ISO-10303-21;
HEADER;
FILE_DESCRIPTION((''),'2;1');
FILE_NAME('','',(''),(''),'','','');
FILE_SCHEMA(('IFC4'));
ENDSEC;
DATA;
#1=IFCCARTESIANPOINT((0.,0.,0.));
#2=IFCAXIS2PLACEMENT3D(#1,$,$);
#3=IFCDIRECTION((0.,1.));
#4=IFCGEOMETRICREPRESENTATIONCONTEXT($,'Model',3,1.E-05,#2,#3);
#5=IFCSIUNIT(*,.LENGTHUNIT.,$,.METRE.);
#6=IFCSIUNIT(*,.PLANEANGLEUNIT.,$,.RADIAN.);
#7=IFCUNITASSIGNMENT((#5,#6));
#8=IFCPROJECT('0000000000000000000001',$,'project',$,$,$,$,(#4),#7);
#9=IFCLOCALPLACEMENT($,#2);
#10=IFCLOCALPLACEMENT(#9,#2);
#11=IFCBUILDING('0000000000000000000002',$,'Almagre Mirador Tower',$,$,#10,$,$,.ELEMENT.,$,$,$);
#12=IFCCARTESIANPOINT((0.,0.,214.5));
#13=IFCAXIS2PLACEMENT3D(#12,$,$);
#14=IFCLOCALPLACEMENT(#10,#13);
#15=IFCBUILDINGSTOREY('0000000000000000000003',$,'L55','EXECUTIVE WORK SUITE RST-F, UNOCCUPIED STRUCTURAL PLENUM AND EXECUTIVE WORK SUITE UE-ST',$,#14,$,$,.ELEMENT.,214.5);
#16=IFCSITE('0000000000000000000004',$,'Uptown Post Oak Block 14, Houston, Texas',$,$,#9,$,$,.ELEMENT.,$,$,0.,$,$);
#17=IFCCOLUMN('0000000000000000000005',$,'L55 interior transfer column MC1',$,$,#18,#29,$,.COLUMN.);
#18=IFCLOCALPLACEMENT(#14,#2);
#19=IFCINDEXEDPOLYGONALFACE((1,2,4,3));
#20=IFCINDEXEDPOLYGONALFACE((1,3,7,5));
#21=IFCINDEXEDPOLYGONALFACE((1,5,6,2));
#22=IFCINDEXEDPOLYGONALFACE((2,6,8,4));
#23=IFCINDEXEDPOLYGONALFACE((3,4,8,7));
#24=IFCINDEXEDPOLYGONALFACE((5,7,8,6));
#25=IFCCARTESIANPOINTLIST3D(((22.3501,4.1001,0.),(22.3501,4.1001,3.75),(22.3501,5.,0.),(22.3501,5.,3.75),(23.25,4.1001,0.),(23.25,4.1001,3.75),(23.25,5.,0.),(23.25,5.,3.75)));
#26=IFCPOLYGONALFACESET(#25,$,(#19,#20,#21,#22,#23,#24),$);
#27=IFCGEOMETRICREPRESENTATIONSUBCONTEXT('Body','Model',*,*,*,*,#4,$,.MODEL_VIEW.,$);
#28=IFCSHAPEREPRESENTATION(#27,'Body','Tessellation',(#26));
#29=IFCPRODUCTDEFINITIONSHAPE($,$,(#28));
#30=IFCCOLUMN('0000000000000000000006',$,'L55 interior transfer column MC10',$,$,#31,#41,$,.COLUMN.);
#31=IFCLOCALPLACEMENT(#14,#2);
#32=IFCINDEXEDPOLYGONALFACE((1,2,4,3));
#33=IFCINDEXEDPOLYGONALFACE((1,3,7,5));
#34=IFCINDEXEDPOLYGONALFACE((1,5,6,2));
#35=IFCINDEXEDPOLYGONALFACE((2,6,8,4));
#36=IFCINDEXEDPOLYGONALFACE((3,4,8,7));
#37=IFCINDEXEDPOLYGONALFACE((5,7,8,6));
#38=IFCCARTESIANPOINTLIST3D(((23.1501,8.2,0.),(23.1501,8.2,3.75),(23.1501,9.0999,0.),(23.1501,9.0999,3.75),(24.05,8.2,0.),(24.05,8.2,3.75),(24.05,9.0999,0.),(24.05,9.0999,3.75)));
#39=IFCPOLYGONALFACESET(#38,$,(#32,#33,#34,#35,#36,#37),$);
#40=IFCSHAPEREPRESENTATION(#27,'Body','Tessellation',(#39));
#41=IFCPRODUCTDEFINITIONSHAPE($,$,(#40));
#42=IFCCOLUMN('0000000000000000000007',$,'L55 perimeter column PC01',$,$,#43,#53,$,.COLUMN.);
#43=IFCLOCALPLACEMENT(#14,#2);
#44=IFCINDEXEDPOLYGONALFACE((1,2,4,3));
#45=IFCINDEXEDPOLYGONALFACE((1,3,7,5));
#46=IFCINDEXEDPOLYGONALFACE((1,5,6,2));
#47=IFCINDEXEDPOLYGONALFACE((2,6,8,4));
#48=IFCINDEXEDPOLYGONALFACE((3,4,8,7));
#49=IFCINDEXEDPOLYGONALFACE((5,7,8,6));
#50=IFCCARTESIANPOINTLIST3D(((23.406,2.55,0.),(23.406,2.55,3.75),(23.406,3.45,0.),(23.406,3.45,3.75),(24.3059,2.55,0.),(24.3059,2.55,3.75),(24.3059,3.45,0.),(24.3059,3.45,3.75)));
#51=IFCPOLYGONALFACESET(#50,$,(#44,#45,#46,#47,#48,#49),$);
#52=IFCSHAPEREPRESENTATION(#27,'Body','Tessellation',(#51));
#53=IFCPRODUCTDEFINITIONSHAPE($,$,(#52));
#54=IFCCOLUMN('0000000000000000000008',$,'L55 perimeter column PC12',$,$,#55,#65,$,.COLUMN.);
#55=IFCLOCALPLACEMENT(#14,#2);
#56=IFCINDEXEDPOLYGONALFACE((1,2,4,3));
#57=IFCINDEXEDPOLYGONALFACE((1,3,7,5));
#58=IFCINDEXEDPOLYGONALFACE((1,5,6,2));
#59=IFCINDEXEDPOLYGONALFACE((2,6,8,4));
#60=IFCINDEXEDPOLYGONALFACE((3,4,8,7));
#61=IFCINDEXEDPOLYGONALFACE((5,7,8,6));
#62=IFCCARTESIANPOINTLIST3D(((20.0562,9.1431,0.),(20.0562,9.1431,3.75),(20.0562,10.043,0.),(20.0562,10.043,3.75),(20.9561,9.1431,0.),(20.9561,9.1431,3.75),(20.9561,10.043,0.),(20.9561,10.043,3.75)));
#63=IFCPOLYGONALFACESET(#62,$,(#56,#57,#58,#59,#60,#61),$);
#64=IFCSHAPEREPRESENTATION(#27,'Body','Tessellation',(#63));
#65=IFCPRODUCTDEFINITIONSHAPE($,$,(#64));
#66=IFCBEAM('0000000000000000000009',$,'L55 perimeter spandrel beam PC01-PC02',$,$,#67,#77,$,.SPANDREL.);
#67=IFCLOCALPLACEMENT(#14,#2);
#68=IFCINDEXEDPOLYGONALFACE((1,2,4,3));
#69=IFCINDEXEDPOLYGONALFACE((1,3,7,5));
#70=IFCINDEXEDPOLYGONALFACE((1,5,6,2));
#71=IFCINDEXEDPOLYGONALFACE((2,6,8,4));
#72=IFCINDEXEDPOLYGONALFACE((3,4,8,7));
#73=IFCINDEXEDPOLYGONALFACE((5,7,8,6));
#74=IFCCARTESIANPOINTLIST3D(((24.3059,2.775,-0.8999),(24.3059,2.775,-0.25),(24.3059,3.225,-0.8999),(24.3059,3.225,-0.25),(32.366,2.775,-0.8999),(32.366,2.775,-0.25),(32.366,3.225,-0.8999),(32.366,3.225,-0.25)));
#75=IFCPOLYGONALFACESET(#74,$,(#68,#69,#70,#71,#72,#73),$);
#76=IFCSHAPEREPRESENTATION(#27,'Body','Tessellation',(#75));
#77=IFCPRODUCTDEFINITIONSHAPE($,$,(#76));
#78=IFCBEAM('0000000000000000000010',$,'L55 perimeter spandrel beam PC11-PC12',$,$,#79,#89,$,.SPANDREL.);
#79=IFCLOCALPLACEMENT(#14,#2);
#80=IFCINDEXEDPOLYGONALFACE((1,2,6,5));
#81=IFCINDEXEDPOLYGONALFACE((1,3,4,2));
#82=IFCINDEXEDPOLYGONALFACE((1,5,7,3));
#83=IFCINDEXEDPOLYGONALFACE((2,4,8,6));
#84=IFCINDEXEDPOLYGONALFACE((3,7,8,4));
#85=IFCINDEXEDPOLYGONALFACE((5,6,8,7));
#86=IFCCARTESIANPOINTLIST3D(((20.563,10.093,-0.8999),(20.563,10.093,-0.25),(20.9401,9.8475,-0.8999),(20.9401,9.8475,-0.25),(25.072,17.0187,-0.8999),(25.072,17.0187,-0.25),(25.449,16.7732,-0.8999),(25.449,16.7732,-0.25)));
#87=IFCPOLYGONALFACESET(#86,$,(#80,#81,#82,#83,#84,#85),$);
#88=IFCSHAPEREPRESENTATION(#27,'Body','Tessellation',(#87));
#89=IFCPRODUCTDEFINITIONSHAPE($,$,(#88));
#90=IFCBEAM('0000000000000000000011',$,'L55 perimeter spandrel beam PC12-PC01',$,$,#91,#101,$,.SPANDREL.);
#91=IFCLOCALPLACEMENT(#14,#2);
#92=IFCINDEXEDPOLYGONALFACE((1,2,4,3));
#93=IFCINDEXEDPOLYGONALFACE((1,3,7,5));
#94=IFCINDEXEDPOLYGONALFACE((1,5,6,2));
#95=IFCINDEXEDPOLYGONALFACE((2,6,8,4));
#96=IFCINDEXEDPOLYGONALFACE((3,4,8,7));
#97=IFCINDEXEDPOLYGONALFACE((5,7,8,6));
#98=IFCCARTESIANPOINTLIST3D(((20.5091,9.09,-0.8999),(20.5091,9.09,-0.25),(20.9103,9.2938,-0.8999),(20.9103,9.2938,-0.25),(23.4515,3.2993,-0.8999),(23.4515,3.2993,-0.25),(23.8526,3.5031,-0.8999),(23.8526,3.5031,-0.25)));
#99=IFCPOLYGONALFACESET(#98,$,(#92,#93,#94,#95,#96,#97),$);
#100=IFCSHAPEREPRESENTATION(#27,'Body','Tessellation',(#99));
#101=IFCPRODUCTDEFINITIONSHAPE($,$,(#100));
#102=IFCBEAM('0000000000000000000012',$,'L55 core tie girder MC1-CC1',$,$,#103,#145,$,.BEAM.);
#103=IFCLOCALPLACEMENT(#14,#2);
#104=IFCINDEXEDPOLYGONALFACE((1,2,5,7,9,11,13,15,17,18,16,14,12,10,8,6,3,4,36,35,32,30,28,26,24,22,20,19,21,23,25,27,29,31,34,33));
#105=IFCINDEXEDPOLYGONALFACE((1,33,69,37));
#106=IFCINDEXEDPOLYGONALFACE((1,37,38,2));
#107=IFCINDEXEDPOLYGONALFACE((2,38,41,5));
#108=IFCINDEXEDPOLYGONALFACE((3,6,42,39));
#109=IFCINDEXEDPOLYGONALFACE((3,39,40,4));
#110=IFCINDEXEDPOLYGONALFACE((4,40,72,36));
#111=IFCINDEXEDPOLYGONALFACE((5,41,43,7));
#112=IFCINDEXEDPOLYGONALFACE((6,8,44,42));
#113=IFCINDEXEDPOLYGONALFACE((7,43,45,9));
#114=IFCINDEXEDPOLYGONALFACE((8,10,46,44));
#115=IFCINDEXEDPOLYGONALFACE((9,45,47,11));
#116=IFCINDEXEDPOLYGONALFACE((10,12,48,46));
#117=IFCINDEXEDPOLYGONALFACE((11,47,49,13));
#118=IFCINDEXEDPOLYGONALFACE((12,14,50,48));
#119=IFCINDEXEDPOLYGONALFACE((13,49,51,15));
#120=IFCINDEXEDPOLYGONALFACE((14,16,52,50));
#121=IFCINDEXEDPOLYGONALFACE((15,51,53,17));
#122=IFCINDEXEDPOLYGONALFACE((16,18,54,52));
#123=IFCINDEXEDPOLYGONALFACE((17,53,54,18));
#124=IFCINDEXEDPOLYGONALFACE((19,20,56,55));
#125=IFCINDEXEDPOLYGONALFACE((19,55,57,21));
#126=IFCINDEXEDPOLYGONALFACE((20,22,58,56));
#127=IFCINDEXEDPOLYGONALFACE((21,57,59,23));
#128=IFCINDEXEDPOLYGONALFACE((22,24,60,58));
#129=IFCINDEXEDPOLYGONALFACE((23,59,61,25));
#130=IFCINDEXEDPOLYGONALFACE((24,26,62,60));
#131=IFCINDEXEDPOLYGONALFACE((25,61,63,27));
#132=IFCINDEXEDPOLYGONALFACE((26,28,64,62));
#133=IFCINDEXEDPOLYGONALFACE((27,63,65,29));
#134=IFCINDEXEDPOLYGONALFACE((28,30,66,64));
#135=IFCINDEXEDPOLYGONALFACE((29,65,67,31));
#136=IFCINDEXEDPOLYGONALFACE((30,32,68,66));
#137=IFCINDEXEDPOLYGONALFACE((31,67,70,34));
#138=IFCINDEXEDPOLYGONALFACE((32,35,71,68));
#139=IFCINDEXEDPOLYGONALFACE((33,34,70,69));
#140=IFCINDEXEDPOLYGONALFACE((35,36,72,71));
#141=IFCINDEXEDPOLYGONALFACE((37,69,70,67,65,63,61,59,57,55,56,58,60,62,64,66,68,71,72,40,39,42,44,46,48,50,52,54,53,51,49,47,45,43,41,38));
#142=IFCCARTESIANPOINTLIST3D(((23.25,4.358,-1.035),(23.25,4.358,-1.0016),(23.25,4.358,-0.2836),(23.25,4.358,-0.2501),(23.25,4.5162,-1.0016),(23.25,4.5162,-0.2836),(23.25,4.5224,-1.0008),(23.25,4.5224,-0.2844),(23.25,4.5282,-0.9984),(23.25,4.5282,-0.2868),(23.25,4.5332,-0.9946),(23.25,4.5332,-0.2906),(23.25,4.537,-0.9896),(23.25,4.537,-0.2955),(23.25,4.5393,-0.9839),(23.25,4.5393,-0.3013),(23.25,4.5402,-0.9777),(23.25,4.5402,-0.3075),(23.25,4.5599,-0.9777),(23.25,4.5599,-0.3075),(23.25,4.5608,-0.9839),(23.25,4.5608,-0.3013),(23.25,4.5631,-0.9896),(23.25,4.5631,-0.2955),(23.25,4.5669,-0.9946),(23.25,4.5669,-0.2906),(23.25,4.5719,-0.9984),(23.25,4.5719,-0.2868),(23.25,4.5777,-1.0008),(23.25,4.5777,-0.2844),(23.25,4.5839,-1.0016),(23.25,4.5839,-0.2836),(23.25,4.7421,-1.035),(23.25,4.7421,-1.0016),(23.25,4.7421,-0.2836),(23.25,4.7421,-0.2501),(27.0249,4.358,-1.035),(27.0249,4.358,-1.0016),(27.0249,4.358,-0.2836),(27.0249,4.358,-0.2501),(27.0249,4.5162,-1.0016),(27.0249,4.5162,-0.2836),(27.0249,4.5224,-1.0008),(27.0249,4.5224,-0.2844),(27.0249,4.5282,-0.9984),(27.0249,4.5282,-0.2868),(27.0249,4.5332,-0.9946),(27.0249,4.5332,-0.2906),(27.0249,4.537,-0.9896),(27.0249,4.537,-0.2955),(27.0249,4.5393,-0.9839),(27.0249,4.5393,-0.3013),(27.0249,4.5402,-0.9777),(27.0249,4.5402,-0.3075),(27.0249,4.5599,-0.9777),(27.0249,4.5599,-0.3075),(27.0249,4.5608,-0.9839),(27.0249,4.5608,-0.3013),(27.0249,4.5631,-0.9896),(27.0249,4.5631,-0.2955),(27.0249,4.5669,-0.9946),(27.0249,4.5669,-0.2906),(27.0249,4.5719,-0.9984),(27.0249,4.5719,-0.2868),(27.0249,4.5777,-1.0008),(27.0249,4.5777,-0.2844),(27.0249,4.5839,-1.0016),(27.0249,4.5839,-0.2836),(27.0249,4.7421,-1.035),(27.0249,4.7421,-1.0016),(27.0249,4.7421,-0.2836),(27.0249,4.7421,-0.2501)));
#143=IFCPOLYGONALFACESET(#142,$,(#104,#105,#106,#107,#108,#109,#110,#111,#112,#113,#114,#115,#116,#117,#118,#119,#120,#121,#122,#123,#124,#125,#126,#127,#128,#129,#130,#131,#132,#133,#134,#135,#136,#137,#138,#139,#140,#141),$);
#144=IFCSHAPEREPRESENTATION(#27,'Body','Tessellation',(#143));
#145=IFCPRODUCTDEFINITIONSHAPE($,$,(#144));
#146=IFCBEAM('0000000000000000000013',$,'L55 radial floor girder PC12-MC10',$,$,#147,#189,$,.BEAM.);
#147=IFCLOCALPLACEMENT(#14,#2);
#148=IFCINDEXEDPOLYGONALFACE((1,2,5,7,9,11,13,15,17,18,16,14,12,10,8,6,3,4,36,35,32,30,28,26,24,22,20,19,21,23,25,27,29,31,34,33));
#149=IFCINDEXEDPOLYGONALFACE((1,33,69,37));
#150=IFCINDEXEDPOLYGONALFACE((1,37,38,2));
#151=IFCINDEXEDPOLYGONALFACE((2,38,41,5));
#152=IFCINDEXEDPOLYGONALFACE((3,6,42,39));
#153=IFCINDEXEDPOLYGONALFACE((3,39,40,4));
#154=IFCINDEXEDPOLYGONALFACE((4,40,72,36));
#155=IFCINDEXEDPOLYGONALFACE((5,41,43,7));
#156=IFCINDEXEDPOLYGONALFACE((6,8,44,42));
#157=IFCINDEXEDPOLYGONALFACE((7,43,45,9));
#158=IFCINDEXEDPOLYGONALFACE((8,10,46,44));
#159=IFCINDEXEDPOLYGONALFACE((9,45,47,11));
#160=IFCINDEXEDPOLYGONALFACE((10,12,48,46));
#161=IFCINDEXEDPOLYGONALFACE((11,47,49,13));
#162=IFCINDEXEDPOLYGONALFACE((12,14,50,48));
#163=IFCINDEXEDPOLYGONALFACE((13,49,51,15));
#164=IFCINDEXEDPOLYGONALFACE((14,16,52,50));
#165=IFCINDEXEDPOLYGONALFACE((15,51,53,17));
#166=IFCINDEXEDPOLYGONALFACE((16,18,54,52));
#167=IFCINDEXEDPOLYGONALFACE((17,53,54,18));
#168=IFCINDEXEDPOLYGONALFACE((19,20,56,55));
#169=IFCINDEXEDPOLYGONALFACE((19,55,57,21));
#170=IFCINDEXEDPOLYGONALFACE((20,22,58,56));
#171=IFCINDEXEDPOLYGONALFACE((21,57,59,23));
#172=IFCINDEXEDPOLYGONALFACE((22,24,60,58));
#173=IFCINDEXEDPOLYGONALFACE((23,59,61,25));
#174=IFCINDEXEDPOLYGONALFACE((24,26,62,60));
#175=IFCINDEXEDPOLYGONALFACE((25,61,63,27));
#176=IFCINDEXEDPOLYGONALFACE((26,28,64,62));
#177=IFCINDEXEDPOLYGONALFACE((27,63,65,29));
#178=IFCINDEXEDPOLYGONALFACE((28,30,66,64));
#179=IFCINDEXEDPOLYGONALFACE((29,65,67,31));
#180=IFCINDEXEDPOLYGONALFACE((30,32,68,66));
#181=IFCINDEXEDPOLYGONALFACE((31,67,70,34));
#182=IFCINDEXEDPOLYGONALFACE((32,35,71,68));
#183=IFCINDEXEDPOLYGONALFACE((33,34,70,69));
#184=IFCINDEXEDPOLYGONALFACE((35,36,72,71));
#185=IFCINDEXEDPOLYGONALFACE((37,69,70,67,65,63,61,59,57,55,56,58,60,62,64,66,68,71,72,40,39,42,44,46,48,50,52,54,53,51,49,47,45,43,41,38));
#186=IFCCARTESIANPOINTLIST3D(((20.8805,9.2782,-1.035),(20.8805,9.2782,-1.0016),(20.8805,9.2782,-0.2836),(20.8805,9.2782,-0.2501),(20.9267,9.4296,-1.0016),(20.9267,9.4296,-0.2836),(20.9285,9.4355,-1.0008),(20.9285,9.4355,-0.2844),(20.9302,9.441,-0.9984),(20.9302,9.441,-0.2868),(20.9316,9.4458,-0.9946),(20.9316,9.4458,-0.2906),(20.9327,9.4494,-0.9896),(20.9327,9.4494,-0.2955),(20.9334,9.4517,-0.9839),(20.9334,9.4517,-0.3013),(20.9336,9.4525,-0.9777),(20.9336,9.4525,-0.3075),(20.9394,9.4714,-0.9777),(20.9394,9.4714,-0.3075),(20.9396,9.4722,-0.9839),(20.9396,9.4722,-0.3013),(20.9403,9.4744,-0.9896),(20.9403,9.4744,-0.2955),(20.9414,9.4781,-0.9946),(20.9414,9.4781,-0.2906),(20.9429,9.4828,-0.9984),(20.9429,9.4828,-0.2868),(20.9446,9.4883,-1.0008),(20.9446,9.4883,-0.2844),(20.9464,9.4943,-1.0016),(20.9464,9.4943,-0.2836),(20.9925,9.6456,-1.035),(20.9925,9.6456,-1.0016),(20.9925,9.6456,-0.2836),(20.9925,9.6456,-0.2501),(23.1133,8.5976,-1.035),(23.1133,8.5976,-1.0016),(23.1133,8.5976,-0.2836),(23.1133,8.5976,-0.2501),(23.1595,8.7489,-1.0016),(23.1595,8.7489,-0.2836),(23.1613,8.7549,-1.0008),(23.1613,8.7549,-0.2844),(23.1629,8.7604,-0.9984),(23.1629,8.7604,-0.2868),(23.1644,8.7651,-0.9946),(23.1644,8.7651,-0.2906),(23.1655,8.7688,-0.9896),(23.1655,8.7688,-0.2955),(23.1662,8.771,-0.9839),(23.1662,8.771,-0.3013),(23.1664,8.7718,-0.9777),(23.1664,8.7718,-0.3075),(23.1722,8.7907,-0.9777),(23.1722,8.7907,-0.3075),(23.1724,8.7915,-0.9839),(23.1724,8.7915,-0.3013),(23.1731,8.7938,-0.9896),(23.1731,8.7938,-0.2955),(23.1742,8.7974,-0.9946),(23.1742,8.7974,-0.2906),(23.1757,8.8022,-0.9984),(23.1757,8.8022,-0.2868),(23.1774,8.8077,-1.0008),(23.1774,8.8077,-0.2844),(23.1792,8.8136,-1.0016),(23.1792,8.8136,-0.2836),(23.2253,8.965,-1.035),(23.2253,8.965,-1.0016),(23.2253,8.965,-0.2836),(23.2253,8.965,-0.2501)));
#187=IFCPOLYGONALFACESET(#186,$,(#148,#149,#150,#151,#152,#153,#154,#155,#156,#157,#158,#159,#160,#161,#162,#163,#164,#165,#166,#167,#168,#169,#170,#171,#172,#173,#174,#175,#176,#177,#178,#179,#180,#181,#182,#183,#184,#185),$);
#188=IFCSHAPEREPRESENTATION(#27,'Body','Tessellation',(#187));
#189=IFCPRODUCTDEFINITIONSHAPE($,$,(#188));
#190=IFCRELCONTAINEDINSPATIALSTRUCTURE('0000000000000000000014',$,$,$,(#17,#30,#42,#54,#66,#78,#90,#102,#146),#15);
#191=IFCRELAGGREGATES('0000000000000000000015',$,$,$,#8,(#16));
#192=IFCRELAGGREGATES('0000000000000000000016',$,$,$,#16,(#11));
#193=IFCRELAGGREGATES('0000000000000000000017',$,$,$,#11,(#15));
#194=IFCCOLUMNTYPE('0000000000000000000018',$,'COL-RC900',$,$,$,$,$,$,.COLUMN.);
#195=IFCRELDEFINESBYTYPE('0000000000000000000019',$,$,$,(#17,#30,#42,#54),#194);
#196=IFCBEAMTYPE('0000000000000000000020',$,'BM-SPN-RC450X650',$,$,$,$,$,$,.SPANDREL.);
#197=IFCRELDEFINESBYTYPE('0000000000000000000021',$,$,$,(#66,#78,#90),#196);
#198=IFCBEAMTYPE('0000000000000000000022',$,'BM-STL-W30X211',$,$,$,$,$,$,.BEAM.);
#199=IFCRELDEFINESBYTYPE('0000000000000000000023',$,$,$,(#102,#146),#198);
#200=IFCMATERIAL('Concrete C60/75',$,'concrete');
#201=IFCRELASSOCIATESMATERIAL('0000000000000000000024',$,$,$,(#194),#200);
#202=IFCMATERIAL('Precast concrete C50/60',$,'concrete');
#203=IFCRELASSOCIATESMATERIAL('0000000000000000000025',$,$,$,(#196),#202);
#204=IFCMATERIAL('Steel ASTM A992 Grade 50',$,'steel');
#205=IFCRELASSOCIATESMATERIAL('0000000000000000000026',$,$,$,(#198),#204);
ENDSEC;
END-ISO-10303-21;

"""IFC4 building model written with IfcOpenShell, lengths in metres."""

from ifc_helpers import new_model, si_unit, direction, frame, origin, origin_2d, place, context, subcontext, project, spatial, rectangle, i_section, extrude, material, material_profile, profile_set, type_object, element, save


model = new_model("IFC4")

# Units and contexts
model_context = context("Model", 3, precision=1e-05, world=origin(), true_north=direction((0.0, 1.0)))
body_context = subcontext(model_context, "Body", "Model", "MODEL_VIEW")
ifc_project = project(units=[si_unit("LENGTHUNIT", "METRE"), si_unit("PLANEANGLEUNIT", "RADIAN")], contexts=[model_context])

# Site, building, storey
site_placement = place(None, origin())
site = spatial("IfcSite", under=ifc_project, at=site_placement, Name="Uptown Post Oak Block 14, Houston, Texas", CompositionType="ELEMENT", RefElevation=0.0)
building_placement = place(site_placement, origin())
building = spatial("IfcBuilding", under=site, at=building_placement, Name="Almagre Mirador Tower", CompositionType="ELEMENT")
storey_placement = place(building_placement, frame((0.0, 0.0, 214.5)))
storey = spatial("IfcBuildingStorey", under=building, at=storey_placement, Name="L55", Description="EXECUTIVE WORK SUITE RST-F, UNOCCUPIED STRUCTURAL PLENUM AND EXECUTIVE WORK SUITE UE-ST", CompositionType="ELEMENT", Elevation=214.5)

# Columns
ifc_material_1 = material(Name="Concrete C60/75", Category="concrete")
ifc_material_profile_1 = material_profile(ifc_material_1, rectangle(XDim=0.8999, YDim=0.8999, at=origin_2d()), Name="RC900X900")
ifc_profile_set_1 = profile_set([ifc_material_profile_1], Name="Concrete C60/75")
column_type = type_object("IfcColumnType", Name="COL-RC900", PredefinedType="COLUMN", material=ifc_profile_set_1)
for number, where, z_axis, x_axis, name in (
    (1, (22.8, 4.55, 0.0), (0.0, 0.0, 1.0), (1.0, 0.0, 0.0), "L55 interior transfer column MC1"),
    (2, (23.6001, 8.6499, 0.0), (0.0, 0.0, 1.0), (1.0, 0.0, 0.0), "L55 interior transfer column MC10"),
    (3, (23.856, 3.0, 0.0), (0.0, 0.0, 1.0), (1.0, 0.0, 0.0), "L55 perimeter column PC01"),
    (4, (20.5061, 9.593, 0.0), (0.0, 0.0, 1.0), (1.0, 0.0, 0.0), "L55 perimeter column PC12"),
):
    element("IfcColumn", number, at=place(storey_placement, frame(where, z_axis=z_axis, x_axis=x_axis)), inside=storey, type_object=column_type, Name=name, PredefinedType="COLUMN", context=body_context, shape_type="SweptSolid", body=[
        extrude(rectangle(XDim=0.8999, YDim=0.8999, at=origin_2d()), origin(), (0.0, 0.0, 1.0), 3.75),
    ])

# Beams
ifc_material_2 = material(Name="Precast concrete C50/60", Category="concrete")
ifc_material_profile_2 = material_profile(ifc_material_2, rectangle(XDim=0.45, YDim=0.6499, at=origin_2d()), Name="RC450X650")
ifc_profile_set_2 = profile_set([ifc_material_profile_2], Name="Precast concrete C50/60")
beam_type_1 = type_object("IfcBeamType", Name="BM-SPN-RC450X650", PredefinedType="SPANDREL", material=ifc_profile_set_2)
beam_1_placement = place(storey_placement, frame((24.3059, 3.0, -0.575), z_axis=(1.0, 0.0, 0.0), x_axis=(0.0, 1.0, 0.0)))
element("IfcBeam", 5, at=beam_1_placement, inside=storey, type_object=beam_type_1, Name="L55 perimeter spandrel beam PC01-PC02", PredefinedType="SPANDREL", context=body_context, shape_type="SweptSolid", body=[
    extrude(rectangle(XDim=0.45, YDim=0.6499, at=origin_2d()), origin(), (0.0, 0.0, 1.0), 8.0601),
])
beam_2_placement = place(storey_placement, frame((25.2605, 16.896, -0.575), z_axis=(-0.545607, -0.838041, 0.0), x_axis=(0.838041, -0.545607, 0.0)))
element("IfcBeam", 6, at=beam_2_placement, inside=storey, type_object=beam_type_1, Name="L55 perimeter spandrel beam PC11-PC12", PredefinedType="SPANDREL", context=body_context, shape_type="SweptSolid", body=[
    extrude(rectangle(XDim=0.45, YDim=0.6499, at=origin_2d()), origin(), (0.0, 0.0, 1.0), 8.2642),
])
beam_3_placement = place(storey_placement, frame((20.7097, 9.1919, -0.575), z_axis=(0.452993, -0.891514, 0.0), x_axis=(0.891514, 0.452993, 0.0)))
element("IfcBeam", 7, at=beam_3_placement, inside=storey, type_object=beam_type_1, Name="L55 perimeter spandrel beam PC12-PC01", PredefinedType="SPANDREL", context=body_context, shape_type="SweptSolid", body=[
    extrude(rectangle(XDim=0.45, YDim=0.6499, at=origin_2d()), origin(), (0.0, 0.0, 1.0), 6.4954),
])
ifc_material_3 = material(Name="Steel ASTM A992 Grade 50", Category="steel")
ifc_material_profile_3 = material_profile(ifc_material_3, i_section(OverallWidth=0.384, OverallDepth=0.7849, WebThickness=0.0198, FlangeThickness=0.0334, FilletRadius=0.0239, at=origin_2d()), Name="W30X211")
ifc_profile_set_3 = profile_set([ifc_material_profile_3], Name="Steel ASTM A992 Grade 50")
beam_type_2 = type_object("IfcBeamType", Name="BM-STL-W30X211", PredefinedType="BEAM", material=ifc_profile_set_3)
beam_4_placement = place(storey_placement, frame((23.25, 4.55, -0.6426), z_axis=(1.0, 0.0, 0.0), x_axis=(0.0, 1.0, 0.0)))
element("IfcBeam", 8, at=beam_4_placement, inside=storey, type_object=beam_type_2, Name="L55 core tie girder MC1-CC1", PredefinedType="BEAM", context=body_context, shape_type="SweptSolid", body=[
    extrude(i_section(OverallWidth=0.384, OverallDepth=0.7849, WebThickness=0.0198, FlangeThickness=0.0334, FilletRadius=0.0239, at=origin_2d()), origin(), (0.0, 0.0, 1.0), 3.7749),
])
beam_5_placement = place(storey_placement, frame((20.9365, 9.4619, -0.6426), z_axis=(0.956545, -0.291586, 0.0), x_axis=(0.291586, 0.956545, 0.0)))
element("IfcBeam", 9, at=beam_5_placement, inside=storey, type_object=beam_type_2, Name="L55 radial floor girder PC12-MC10", PredefinedType="BEAM", context=body_context, shape_type="SweptSolid", body=[
    extrude(i_section(OverallWidth=0.384, OverallDepth=0.7849, WebThickness=0.0198, FlangeThickness=0.0334, FilletRadius=0.0239, at=origin_2d()), origin(), (0.0, 0.0, 1.0), 2.3342),
])

save(model, "model.ifc")
